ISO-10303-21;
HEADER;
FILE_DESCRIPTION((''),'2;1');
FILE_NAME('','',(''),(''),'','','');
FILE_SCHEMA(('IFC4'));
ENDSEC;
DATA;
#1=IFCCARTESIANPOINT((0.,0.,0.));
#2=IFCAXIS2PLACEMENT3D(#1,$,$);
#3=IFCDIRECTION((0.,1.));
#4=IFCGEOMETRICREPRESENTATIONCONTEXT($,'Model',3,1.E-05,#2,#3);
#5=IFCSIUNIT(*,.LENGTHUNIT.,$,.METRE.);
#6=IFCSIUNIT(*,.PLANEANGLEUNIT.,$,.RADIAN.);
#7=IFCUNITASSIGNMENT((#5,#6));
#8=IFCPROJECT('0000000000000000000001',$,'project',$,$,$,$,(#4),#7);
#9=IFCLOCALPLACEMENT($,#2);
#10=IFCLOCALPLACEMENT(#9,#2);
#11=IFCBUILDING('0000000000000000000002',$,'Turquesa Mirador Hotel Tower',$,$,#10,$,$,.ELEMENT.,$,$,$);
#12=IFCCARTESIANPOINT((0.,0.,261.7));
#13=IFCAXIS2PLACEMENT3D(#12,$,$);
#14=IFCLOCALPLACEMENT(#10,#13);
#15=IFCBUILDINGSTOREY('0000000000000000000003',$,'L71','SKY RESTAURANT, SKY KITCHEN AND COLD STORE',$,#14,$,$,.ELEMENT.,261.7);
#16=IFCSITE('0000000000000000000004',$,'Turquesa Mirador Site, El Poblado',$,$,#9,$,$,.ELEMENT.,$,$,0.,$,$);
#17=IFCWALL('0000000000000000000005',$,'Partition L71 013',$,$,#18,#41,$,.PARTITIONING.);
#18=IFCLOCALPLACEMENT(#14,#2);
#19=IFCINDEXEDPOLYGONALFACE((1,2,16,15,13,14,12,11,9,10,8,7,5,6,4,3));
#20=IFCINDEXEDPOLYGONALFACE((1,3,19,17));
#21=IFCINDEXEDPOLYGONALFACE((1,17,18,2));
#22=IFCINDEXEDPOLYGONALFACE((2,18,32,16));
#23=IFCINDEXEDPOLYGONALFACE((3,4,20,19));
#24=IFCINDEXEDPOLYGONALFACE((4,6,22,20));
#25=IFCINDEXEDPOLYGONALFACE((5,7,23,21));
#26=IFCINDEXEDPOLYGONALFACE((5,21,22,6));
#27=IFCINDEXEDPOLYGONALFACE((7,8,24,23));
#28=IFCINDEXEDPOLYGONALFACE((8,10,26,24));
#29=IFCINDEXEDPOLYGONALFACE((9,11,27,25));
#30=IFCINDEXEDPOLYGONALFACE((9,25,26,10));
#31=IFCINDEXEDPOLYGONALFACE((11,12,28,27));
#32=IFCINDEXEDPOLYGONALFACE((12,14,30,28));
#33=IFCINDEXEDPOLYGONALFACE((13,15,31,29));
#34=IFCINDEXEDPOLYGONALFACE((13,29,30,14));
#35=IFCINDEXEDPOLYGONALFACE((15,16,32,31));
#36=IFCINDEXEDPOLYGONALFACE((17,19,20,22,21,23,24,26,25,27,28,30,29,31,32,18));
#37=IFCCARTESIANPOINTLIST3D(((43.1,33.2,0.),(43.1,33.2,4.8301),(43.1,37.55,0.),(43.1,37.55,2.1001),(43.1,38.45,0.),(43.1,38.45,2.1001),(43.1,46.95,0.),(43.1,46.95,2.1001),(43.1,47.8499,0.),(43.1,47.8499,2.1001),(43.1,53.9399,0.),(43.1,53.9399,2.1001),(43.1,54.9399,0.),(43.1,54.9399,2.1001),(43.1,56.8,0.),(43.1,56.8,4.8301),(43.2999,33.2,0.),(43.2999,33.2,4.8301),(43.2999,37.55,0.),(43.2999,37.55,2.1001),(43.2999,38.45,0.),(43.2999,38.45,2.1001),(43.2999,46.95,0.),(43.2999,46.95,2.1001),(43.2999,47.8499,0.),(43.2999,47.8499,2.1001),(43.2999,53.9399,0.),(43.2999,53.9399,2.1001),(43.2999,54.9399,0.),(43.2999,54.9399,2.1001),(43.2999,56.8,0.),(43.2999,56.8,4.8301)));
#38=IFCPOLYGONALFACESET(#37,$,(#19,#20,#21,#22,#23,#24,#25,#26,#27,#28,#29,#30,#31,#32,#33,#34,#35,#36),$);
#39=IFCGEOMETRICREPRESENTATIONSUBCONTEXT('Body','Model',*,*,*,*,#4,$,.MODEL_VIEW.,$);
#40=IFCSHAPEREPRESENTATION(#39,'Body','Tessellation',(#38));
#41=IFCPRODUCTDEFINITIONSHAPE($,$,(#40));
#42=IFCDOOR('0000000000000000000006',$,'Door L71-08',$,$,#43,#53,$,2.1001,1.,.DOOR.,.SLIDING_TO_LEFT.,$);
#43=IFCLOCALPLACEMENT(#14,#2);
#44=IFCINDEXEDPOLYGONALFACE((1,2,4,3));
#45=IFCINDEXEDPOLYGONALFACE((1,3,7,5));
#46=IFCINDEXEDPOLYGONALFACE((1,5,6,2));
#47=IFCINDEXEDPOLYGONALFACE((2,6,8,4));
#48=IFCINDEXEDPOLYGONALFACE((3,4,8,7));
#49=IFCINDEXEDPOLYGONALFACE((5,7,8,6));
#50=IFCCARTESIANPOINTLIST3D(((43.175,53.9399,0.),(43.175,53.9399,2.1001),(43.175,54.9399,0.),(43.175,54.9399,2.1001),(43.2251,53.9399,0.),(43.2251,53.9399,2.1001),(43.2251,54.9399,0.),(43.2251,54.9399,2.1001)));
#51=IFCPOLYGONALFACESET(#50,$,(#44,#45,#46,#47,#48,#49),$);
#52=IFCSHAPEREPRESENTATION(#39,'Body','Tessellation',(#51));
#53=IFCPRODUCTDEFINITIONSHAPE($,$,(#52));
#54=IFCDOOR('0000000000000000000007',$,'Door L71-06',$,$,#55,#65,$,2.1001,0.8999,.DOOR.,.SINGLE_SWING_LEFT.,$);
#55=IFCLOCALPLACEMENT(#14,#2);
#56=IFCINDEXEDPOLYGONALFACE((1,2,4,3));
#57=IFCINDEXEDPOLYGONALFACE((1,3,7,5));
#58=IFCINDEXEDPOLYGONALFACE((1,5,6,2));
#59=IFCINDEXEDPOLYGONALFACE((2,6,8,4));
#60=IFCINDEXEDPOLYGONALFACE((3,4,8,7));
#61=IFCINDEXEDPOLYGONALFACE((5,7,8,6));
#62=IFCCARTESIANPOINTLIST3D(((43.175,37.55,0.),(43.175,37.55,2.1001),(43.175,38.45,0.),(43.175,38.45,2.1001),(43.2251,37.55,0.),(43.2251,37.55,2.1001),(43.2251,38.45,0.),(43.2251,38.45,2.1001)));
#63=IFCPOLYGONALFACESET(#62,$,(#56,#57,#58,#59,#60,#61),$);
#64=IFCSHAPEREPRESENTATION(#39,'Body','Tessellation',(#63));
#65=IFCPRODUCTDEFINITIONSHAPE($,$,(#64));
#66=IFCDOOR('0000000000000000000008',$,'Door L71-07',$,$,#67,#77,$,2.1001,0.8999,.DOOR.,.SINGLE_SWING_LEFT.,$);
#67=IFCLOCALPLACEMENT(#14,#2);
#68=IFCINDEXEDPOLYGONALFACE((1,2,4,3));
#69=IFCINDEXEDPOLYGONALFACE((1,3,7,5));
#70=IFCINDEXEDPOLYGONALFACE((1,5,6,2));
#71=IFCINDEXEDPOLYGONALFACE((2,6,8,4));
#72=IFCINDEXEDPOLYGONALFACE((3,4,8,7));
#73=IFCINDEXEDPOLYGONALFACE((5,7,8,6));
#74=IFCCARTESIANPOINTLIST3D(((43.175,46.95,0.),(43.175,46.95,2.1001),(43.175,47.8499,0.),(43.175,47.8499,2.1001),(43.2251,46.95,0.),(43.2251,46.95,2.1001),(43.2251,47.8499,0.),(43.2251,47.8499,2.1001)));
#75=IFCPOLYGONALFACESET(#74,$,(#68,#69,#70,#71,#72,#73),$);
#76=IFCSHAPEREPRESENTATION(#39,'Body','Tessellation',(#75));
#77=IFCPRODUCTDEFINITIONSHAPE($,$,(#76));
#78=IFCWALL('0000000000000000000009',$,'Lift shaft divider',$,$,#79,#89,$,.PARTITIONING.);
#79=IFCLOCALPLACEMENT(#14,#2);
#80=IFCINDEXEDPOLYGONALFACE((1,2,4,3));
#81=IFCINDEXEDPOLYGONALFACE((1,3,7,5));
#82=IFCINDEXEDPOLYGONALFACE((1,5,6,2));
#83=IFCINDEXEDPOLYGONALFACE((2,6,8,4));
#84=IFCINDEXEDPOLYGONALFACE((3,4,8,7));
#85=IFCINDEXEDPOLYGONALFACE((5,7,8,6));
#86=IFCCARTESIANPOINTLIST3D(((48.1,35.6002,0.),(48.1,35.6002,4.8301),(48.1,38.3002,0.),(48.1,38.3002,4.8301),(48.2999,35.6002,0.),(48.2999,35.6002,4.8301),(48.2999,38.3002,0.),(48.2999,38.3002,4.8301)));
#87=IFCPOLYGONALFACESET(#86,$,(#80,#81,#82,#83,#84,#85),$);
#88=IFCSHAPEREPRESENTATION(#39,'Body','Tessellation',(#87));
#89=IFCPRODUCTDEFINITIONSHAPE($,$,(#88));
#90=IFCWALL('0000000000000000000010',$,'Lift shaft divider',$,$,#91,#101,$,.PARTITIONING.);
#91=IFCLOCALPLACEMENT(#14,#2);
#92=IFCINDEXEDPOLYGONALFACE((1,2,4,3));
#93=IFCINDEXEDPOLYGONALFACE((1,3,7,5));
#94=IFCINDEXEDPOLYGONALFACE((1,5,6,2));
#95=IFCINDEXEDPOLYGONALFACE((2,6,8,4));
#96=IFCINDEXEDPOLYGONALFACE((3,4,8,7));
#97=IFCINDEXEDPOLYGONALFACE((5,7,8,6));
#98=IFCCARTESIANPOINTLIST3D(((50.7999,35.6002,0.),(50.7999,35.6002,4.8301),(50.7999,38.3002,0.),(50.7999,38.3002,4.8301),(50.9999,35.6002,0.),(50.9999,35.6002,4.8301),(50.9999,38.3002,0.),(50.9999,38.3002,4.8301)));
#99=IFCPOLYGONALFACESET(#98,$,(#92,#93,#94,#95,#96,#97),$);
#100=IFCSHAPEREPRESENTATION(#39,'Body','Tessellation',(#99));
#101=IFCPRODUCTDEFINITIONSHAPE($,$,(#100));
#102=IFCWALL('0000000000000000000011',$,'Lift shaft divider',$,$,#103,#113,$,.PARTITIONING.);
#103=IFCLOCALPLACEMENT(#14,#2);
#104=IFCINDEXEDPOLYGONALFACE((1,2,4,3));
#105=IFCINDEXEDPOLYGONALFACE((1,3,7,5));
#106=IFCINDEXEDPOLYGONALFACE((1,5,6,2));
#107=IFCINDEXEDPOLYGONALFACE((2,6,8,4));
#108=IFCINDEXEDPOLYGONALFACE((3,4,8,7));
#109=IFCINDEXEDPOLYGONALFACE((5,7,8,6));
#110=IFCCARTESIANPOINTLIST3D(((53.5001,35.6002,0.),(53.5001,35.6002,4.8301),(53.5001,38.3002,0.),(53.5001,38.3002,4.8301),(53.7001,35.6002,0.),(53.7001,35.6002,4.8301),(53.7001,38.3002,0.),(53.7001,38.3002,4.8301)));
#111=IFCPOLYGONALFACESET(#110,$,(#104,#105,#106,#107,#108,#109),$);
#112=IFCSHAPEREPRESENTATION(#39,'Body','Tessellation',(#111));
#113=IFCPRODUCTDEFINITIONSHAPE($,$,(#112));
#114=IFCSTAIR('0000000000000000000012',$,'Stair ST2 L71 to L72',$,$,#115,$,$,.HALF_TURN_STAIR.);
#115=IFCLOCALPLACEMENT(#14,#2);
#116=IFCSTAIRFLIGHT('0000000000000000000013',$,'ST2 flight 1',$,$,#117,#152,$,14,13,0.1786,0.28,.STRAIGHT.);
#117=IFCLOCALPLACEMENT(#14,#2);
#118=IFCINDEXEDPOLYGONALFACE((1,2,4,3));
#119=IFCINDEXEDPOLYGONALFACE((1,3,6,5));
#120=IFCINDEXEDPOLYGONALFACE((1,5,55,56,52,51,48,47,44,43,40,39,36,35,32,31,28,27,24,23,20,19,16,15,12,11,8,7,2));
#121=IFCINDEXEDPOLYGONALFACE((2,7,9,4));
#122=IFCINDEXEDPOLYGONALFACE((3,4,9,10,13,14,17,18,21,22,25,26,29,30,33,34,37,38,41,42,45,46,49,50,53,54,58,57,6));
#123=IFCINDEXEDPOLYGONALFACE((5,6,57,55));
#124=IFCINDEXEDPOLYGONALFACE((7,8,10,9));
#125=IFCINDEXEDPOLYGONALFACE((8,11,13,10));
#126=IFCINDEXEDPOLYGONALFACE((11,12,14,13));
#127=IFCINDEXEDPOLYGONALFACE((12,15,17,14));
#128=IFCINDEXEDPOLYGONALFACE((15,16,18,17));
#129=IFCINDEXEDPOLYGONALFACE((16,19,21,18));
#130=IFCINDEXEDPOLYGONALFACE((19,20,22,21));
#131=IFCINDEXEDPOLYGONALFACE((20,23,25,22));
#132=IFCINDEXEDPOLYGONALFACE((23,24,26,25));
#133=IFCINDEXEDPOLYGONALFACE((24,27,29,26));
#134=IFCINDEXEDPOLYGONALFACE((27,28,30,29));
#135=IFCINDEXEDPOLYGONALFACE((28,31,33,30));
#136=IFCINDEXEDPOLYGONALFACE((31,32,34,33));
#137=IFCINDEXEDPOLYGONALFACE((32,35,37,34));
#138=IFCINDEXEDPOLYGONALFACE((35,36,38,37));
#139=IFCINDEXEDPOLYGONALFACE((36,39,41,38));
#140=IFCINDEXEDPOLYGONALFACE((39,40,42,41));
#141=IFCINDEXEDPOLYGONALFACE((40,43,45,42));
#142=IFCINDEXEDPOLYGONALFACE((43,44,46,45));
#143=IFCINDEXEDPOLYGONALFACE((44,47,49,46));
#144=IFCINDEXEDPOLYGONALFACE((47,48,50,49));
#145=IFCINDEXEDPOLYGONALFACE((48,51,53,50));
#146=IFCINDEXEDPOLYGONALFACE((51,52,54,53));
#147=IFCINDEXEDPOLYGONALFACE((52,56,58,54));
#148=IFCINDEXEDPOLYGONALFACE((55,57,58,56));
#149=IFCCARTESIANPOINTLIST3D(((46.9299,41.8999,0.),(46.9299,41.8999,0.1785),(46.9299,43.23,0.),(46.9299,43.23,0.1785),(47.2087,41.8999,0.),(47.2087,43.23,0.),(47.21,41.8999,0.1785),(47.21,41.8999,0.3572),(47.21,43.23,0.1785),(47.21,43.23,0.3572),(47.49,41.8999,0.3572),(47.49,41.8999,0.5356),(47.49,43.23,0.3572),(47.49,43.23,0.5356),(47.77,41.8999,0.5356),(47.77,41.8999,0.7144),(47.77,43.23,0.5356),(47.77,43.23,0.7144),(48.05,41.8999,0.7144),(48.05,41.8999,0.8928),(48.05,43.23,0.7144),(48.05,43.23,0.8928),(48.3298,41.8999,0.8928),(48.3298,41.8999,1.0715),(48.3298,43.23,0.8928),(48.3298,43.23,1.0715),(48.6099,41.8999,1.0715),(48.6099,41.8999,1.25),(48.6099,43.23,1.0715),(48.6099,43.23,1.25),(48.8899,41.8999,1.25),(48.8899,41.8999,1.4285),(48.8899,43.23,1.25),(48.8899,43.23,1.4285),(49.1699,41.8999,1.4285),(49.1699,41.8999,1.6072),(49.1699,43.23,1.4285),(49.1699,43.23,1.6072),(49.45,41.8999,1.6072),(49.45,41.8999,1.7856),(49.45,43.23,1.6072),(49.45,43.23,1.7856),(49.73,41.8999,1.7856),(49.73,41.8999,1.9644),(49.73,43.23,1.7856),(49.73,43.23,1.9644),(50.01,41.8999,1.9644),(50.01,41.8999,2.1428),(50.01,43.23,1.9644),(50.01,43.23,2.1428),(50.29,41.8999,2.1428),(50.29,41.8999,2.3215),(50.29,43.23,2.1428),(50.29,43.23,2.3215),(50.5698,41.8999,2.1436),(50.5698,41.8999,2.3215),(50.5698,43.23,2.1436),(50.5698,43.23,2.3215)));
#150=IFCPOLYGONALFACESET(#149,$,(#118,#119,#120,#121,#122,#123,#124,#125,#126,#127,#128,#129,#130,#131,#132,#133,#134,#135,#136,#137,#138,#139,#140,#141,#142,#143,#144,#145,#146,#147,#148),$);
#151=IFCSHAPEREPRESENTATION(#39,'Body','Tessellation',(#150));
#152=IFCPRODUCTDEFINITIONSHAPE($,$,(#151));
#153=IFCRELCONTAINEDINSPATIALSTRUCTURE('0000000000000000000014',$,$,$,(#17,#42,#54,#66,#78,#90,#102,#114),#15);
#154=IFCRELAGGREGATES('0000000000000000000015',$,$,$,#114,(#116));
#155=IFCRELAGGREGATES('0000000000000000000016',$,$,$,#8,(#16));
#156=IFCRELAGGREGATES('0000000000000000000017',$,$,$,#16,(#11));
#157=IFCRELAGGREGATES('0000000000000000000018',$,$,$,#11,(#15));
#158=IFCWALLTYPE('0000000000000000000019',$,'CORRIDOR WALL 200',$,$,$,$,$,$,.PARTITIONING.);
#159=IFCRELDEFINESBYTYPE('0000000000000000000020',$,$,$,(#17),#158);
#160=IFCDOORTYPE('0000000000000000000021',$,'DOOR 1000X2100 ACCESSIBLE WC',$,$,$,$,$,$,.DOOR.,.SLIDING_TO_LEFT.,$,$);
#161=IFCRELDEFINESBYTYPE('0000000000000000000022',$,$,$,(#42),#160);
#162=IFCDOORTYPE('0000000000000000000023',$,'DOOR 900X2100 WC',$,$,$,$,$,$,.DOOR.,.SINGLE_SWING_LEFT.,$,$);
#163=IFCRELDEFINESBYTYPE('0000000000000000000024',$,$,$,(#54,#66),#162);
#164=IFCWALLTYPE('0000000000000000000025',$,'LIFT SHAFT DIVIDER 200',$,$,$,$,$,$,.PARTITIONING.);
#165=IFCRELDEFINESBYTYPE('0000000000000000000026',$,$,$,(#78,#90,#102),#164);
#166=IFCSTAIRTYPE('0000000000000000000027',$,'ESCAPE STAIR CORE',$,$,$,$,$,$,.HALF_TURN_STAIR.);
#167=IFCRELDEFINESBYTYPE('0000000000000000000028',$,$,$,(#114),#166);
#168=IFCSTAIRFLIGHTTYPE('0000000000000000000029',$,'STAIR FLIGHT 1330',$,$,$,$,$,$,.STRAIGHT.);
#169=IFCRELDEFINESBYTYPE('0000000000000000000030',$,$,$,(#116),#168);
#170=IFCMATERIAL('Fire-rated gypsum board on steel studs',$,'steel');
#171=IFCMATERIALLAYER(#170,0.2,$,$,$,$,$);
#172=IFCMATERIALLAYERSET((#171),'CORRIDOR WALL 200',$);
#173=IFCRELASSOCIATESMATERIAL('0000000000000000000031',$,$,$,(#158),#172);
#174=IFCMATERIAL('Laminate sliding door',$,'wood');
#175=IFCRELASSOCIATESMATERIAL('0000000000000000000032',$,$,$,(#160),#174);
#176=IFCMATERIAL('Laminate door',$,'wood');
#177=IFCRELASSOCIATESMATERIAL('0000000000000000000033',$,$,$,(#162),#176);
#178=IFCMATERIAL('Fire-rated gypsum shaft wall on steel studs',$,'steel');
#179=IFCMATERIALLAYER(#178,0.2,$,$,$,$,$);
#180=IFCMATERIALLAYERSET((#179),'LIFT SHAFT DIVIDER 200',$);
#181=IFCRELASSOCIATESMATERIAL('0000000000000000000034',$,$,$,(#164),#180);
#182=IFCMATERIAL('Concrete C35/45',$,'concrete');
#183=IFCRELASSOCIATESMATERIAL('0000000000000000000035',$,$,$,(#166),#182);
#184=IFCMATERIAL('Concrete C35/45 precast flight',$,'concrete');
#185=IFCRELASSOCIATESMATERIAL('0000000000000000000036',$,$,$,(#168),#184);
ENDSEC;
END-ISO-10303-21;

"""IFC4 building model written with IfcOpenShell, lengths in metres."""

from ifc_helpers import new_model, si_unit, direction, frame, frame_2d, origin, place, context, subcontext, project, spatial, polyline, rectangle, outline, extrude, material, layer, layer_set, type_object, element, fill, aggregate, save


model = new_model("IFC4")

# Units and contexts
model_context = context("Model", 3, precision=1e-05, world=origin(), true_north=direction((0.0, 1.0)))
body_context = subcontext(model_context, "Body", "Model", "MODEL_VIEW")
ifc_project = project(units=[si_unit("LENGTHUNIT", "METRE"), si_unit("PLANEANGLEUNIT", "RADIAN")], contexts=[model_context])

# Site, building, storey
site_placement = place(None, origin())
site = spatial("IfcSite", under=ifc_project, at=site_placement, Name="Turquesa Mirador Site, El Poblado", CompositionType="ELEMENT", RefElevation=0.0)
building_placement = place(site_placement, origin())
building = spatial("IfcBuilding", under=site, at=building_placement, Name="Turquesa Mirador Hotel Tower", CompositionType="ELEMENT")
storey_placement = place(building_placement, frame((0.0, 0.0, 261.7)))
storey = spatial("IfcBuildingStorey", under=building, at=storey_placement, Name="L71", Description="SKY RESTAURANT, SKY KITCHEN AND COLD STORE", CompositionType="ELEMENT", Elevation=261.7)

# Shared definitions
ifc_material_1 = material(Name="Fire-rated gypsum board on steel studs", Category="steel")
ifc_layer_1 = layer(ifc_material_1, 0.2)
ifc_layer_set_1 = layer_set([ifc_layer_1], Name="CORRIDOR WALL 200")
wall_type_1 = type_object("IfcWallType", Name="CORRIDOR WALL 200", PredefinedType="PARTITIONING", material=ifc_layer_set_1)

# Wall, openings, doors
wall_1_placement = place(storey_placement, frame((43.2, 33.2, 0.0), z_axis=(0.0, 0.0, 1.0), x_axis=(0.0, 1.0, 0.0)))
wall_1 = element("IfcWall", 1, at=wall_1_placement, inside=storey, type_object=wall_type_1, Name="Partition L71 013", PredefinedType="PARTITIONING", context=body_context, shape_type="SweptSolid", body=[
    extrude(rectangle(XDim=23.6001, YDim=0.2, at=frame_2d((11.8, 0.0))), origin(), (0.0, 0.0, 1.0), 4.8301),
])
opening_1_placement = place(wall_1_placement, frame((20.74, 0.0, 0.0)))
opening_1 = element("IfcOpeningElement", 2, at=opening_1_placement, cuts=wall_1, PredefinedType="OPENING", context=body_context, shape_type="SweptSolid", body=[
    extrude(rectangle(XDim=1.0, YDim=2.1001, at=frame_2d((0.5, 1.05))), frame((0.0, 0.1099, 0.0), z_axis=(0.0, -1.0, 0.0), x_axis=(1.0, 0.0, 0.0)), (0.0, 0.0, 1.0), 0.22),
])
opening_2_placement = place(wall_1_placement, frame((4.3501, 0.0, 0.0)))
opening_2 = element("IfcOpeningElement", 3, at=opening_2_placement, cuts=wall_1, PredefinedType="OPENING", context=body_context, shape_type="SweptSolid", body=[
    extrude(rectangle(XDim=0.8999, YDim=2.1001, at=frame_2d((0.45, 1.05))), frame((0.0, 0.1099, 0.0), z_axis=(0.0, -1.0, 0.0), x_axis=(1.0, 0.0, 0.0)), (0.0, 0.0, 1.0), 0.22),
])
opening_3_placement = place(wall_1_placement, frame((13.75, 0.0, 0.0)))
opening_3 = element("IfcOpeningElement", 4, at=opening_3_placement, cuts=wall_1, PredefinedType="OPENING", context=body_context, shape_type="SweptSolid", body=[
    extrude(rectangle(XDim=0.8999, YDim=2.1001, at=frame_2d((0.45, 1.05))), frame((0.0, 0.1099, 0.0), z_axis=(0.0, -1.0, 0.0), x_axis=(1.0, 0.0, 0.0)), (0.0, 0.0, 1.0), 0.22),
])
ifc_material_2 = material(Name="Laminate sliding door", Category="wood")
door_type_1 = type_object("IfcDoorType", Name="DOOR 1000X2100 ACCESSIBLE WC", OperationType="SLIDING_TO_LEFT", PredefinedType="DOOR", material=ifc_material_2)
door_1_placement = place(opening_1_placement, origin())
door_1 = element("IfcDoor", 5, at=door_1_placement, inside=storey, type_object=door_type_1, Name="Door L71-08", OperationType="SLIDING_TO_LEFT", OverallHeight=2.1001, OverallWidth=1.0, PredefinedType="DOOR", context=body_context, shape_type="SweptSolid", body=[
    extrude(rectangle(XDim=1.0, YDim=2.1001, at=frame_2d((0.5, 1.05))), frame((0.0, 0.0249, 0.0), z_axis=(0.0, -1.0, 0.0), x_axis=(1.0, 0.0, 0.0)), (0.0, 0.0, 1.0), 0.05),
])
fill(opening_1, door_1)
ifc_material_3 = material(Name="Laminate door", Category="wood")
door_type_2 = type_object("IfcDoorType", Name="DOOR 900X2100 WC", OperationType="SINGLE_SWING_LEFT", PredefinedType="DOOR", material=ifc_material_3)
door_2_placement = place(opening_2_placement, origin())
door_2 = element("IfcDoor", 6, at=door_2_placement, inside=storey, type_object=door_type_2, Name="Door L71-06", OperationType="SINGLE_SWING_LEFT", OverallHeight=2.1001, OverallWidth=0.8999, PredefinedType="DOOR", context=body_context, shape_type="SweptSolid", body=[
    extrude(rectangle(XDim=0.8999, YDim=2.1001, at=frame_2d((0.45, 1.05))), frame((0.0, 0.0249, 0.0), z_axis=(0.0, -1.0, 0.0), x_axis=(1.0, 0.0, 0.0)), (0.0, 0.0, 1.0), 0.05),
])
fill(opening_2, door_2)
door_3_placement = place(opening_3_placement, origin())
door_3 = element("IfcDoor", 7, at=door_3_placement, inside=storey, type_object=door_type_2, Name="Door L71-07", OperationType="SINGLE_SWING_LEFT", OverallHeight=2.1001, OverallWidth=0.8999, PredefinedType="DOOR", context=body_context, shape_type="SweptSolid", body=[
    extrude(rectangle(XDim=0.8999, YDim=2.1001, at=frame_2d((0.45, 1.05))), frame((0.0, 0.0249, 0.0), z_axis=(0.0, -1.0, 0.0), x_axis=(1.0, 0.0, 0.0)), (0.0, 0.0, 1.0), 0.05),
])
fill(opening_3, door_3)

# Walls
ifc_material_4 = material(Name="Fire-rated gypsum shaft wall on steel studs", Category="steel")
ifc_layer_2 = layer(ifc_material_4, 0.2)
ifc_layer_set_2 = layer_set([ifc_layer_2], Name="LIFT SHAFT DIVIDER 200")
wall_type_2 = type_object("IfcWallType", Name="LIFT SHAFT DIVIDER 200", PredefinedType="PARTITIONING", material=ifc_layer_set_2)
for number, where, z_axis, x_axis, name in (
    (8, (48.2, 35.6001, 0.0), (0.0, 0.0, 1.0), (0.0, 1.0, 0.0), "Lift shaft divider"),
    (9, (50.8999, 35.6001, 0.0), (0.0, 0.0, 1.0), (0.0, 1.0, 0.0), "Lift shaft divider"),
    (10, (53.6001, 35.6001, 0.0), (0.0, 0.0, 1.0), (0.0, 1.0, 0.0), "Lift shaft divider"),
):
    element("IfcWall", number, at=place(storey_placement, frame(where, z_axis=z_axis, x_axis=x_axis)), inside=storey, type_object=wall_type_2, Name=name, PredefinedType="PARTITIONING", context=body_context, shape_type="SweptSolid", body=[
        extrude(rectangle(XDim=2.7, YDim=0.2, at=frame_2d((1.3501, 0.0))), origin(), (0.0, 0.0, 1.0), 4.8301),
    ])

# Stair, stair flight
ifc_material_5 = material(Name="Concrete C35/45", Category="concrete")
stair_type = type_object("IfcStairType", Name="ESCAPE STAIR CORE", PredefinedType="HALF_TURN_STAIR", material=ifc_material_5)
stair_placement = place(storey_placement, origin())
stair = element("IfcStair", 11, at=stair_placement, inside=storey, type_object=stair_type, Name="Stair ST2 L71 to L72", PredefinedType="HALF_TURN_STAIR")
ifc_material_6 = material(Name="Concrete C35/45 precast flight", Category="concrete")
stair_flight_type = type_object("IfcStairFlightType", Name="STAIR FLIGHT 1330", PredefinedType="STRAIGHT", material=ifc_material_6)
stair_flight_placement = place(storey_placement, frame((46.9299, 42.5649, 0.0), z_axis=(0.0, 0.0, 1.0), x_axis=(1.0, 0.0, 0.0)))
stair_flight = element("IfcStairFlight", 12, at=stair_flight_placement, type_object=stair_flight_type, Name="ST2 flight 1", NumberOfRisers=14, NumberOfTreads=13, PredefinedType="STRAIGHT", RiserHeight=0.1786, TreadLength=0.28, context=body_context, shape_type="SweptSolid", body=[
    extrude(outline(polyline([(0.0, 0.0), (0.0, 0.1785), (0.28, 0.1785), (0.28, 0.3572), (0.5601, 0.3572), (0.5601, 0.5356), (0.8401, 0.5356), (0.8401, 0.7144), (1.1201, 0.7144), (1.1201, 0.8928), (1.3999, 0.8928), (1.3999, 1.0715), (1.6799, 1.0715), (1.6799, 1.25), (1.96, 1.25), (1.96, 1.4285), (2.24, 1.4285), (2.24, 1.6072), (2.52, 1.6072), (2.52, 1.7856), (2.8, 1.7856), (2.8, 1.9644), (3.0801, 1.9644), (3.0801, 2.1428), (3.3601, 2.1428), (3.3601, 2.3215), (3.6399, 2.3215), (3.6399, 2.5), (3.6399, 2.1436), (0.2788, 0.0), (0.0, 0.0)])), frame((0.0, 0.665, 0.0), z_axis=(0.0, -1.0, 0.0), x_axis=(1.0, 0.0, 0.0)), (0.0, 0.0, 1.0), 1.3301),
])
aggregate(stair, [stair_flight])

save(model, "model.ifc")
